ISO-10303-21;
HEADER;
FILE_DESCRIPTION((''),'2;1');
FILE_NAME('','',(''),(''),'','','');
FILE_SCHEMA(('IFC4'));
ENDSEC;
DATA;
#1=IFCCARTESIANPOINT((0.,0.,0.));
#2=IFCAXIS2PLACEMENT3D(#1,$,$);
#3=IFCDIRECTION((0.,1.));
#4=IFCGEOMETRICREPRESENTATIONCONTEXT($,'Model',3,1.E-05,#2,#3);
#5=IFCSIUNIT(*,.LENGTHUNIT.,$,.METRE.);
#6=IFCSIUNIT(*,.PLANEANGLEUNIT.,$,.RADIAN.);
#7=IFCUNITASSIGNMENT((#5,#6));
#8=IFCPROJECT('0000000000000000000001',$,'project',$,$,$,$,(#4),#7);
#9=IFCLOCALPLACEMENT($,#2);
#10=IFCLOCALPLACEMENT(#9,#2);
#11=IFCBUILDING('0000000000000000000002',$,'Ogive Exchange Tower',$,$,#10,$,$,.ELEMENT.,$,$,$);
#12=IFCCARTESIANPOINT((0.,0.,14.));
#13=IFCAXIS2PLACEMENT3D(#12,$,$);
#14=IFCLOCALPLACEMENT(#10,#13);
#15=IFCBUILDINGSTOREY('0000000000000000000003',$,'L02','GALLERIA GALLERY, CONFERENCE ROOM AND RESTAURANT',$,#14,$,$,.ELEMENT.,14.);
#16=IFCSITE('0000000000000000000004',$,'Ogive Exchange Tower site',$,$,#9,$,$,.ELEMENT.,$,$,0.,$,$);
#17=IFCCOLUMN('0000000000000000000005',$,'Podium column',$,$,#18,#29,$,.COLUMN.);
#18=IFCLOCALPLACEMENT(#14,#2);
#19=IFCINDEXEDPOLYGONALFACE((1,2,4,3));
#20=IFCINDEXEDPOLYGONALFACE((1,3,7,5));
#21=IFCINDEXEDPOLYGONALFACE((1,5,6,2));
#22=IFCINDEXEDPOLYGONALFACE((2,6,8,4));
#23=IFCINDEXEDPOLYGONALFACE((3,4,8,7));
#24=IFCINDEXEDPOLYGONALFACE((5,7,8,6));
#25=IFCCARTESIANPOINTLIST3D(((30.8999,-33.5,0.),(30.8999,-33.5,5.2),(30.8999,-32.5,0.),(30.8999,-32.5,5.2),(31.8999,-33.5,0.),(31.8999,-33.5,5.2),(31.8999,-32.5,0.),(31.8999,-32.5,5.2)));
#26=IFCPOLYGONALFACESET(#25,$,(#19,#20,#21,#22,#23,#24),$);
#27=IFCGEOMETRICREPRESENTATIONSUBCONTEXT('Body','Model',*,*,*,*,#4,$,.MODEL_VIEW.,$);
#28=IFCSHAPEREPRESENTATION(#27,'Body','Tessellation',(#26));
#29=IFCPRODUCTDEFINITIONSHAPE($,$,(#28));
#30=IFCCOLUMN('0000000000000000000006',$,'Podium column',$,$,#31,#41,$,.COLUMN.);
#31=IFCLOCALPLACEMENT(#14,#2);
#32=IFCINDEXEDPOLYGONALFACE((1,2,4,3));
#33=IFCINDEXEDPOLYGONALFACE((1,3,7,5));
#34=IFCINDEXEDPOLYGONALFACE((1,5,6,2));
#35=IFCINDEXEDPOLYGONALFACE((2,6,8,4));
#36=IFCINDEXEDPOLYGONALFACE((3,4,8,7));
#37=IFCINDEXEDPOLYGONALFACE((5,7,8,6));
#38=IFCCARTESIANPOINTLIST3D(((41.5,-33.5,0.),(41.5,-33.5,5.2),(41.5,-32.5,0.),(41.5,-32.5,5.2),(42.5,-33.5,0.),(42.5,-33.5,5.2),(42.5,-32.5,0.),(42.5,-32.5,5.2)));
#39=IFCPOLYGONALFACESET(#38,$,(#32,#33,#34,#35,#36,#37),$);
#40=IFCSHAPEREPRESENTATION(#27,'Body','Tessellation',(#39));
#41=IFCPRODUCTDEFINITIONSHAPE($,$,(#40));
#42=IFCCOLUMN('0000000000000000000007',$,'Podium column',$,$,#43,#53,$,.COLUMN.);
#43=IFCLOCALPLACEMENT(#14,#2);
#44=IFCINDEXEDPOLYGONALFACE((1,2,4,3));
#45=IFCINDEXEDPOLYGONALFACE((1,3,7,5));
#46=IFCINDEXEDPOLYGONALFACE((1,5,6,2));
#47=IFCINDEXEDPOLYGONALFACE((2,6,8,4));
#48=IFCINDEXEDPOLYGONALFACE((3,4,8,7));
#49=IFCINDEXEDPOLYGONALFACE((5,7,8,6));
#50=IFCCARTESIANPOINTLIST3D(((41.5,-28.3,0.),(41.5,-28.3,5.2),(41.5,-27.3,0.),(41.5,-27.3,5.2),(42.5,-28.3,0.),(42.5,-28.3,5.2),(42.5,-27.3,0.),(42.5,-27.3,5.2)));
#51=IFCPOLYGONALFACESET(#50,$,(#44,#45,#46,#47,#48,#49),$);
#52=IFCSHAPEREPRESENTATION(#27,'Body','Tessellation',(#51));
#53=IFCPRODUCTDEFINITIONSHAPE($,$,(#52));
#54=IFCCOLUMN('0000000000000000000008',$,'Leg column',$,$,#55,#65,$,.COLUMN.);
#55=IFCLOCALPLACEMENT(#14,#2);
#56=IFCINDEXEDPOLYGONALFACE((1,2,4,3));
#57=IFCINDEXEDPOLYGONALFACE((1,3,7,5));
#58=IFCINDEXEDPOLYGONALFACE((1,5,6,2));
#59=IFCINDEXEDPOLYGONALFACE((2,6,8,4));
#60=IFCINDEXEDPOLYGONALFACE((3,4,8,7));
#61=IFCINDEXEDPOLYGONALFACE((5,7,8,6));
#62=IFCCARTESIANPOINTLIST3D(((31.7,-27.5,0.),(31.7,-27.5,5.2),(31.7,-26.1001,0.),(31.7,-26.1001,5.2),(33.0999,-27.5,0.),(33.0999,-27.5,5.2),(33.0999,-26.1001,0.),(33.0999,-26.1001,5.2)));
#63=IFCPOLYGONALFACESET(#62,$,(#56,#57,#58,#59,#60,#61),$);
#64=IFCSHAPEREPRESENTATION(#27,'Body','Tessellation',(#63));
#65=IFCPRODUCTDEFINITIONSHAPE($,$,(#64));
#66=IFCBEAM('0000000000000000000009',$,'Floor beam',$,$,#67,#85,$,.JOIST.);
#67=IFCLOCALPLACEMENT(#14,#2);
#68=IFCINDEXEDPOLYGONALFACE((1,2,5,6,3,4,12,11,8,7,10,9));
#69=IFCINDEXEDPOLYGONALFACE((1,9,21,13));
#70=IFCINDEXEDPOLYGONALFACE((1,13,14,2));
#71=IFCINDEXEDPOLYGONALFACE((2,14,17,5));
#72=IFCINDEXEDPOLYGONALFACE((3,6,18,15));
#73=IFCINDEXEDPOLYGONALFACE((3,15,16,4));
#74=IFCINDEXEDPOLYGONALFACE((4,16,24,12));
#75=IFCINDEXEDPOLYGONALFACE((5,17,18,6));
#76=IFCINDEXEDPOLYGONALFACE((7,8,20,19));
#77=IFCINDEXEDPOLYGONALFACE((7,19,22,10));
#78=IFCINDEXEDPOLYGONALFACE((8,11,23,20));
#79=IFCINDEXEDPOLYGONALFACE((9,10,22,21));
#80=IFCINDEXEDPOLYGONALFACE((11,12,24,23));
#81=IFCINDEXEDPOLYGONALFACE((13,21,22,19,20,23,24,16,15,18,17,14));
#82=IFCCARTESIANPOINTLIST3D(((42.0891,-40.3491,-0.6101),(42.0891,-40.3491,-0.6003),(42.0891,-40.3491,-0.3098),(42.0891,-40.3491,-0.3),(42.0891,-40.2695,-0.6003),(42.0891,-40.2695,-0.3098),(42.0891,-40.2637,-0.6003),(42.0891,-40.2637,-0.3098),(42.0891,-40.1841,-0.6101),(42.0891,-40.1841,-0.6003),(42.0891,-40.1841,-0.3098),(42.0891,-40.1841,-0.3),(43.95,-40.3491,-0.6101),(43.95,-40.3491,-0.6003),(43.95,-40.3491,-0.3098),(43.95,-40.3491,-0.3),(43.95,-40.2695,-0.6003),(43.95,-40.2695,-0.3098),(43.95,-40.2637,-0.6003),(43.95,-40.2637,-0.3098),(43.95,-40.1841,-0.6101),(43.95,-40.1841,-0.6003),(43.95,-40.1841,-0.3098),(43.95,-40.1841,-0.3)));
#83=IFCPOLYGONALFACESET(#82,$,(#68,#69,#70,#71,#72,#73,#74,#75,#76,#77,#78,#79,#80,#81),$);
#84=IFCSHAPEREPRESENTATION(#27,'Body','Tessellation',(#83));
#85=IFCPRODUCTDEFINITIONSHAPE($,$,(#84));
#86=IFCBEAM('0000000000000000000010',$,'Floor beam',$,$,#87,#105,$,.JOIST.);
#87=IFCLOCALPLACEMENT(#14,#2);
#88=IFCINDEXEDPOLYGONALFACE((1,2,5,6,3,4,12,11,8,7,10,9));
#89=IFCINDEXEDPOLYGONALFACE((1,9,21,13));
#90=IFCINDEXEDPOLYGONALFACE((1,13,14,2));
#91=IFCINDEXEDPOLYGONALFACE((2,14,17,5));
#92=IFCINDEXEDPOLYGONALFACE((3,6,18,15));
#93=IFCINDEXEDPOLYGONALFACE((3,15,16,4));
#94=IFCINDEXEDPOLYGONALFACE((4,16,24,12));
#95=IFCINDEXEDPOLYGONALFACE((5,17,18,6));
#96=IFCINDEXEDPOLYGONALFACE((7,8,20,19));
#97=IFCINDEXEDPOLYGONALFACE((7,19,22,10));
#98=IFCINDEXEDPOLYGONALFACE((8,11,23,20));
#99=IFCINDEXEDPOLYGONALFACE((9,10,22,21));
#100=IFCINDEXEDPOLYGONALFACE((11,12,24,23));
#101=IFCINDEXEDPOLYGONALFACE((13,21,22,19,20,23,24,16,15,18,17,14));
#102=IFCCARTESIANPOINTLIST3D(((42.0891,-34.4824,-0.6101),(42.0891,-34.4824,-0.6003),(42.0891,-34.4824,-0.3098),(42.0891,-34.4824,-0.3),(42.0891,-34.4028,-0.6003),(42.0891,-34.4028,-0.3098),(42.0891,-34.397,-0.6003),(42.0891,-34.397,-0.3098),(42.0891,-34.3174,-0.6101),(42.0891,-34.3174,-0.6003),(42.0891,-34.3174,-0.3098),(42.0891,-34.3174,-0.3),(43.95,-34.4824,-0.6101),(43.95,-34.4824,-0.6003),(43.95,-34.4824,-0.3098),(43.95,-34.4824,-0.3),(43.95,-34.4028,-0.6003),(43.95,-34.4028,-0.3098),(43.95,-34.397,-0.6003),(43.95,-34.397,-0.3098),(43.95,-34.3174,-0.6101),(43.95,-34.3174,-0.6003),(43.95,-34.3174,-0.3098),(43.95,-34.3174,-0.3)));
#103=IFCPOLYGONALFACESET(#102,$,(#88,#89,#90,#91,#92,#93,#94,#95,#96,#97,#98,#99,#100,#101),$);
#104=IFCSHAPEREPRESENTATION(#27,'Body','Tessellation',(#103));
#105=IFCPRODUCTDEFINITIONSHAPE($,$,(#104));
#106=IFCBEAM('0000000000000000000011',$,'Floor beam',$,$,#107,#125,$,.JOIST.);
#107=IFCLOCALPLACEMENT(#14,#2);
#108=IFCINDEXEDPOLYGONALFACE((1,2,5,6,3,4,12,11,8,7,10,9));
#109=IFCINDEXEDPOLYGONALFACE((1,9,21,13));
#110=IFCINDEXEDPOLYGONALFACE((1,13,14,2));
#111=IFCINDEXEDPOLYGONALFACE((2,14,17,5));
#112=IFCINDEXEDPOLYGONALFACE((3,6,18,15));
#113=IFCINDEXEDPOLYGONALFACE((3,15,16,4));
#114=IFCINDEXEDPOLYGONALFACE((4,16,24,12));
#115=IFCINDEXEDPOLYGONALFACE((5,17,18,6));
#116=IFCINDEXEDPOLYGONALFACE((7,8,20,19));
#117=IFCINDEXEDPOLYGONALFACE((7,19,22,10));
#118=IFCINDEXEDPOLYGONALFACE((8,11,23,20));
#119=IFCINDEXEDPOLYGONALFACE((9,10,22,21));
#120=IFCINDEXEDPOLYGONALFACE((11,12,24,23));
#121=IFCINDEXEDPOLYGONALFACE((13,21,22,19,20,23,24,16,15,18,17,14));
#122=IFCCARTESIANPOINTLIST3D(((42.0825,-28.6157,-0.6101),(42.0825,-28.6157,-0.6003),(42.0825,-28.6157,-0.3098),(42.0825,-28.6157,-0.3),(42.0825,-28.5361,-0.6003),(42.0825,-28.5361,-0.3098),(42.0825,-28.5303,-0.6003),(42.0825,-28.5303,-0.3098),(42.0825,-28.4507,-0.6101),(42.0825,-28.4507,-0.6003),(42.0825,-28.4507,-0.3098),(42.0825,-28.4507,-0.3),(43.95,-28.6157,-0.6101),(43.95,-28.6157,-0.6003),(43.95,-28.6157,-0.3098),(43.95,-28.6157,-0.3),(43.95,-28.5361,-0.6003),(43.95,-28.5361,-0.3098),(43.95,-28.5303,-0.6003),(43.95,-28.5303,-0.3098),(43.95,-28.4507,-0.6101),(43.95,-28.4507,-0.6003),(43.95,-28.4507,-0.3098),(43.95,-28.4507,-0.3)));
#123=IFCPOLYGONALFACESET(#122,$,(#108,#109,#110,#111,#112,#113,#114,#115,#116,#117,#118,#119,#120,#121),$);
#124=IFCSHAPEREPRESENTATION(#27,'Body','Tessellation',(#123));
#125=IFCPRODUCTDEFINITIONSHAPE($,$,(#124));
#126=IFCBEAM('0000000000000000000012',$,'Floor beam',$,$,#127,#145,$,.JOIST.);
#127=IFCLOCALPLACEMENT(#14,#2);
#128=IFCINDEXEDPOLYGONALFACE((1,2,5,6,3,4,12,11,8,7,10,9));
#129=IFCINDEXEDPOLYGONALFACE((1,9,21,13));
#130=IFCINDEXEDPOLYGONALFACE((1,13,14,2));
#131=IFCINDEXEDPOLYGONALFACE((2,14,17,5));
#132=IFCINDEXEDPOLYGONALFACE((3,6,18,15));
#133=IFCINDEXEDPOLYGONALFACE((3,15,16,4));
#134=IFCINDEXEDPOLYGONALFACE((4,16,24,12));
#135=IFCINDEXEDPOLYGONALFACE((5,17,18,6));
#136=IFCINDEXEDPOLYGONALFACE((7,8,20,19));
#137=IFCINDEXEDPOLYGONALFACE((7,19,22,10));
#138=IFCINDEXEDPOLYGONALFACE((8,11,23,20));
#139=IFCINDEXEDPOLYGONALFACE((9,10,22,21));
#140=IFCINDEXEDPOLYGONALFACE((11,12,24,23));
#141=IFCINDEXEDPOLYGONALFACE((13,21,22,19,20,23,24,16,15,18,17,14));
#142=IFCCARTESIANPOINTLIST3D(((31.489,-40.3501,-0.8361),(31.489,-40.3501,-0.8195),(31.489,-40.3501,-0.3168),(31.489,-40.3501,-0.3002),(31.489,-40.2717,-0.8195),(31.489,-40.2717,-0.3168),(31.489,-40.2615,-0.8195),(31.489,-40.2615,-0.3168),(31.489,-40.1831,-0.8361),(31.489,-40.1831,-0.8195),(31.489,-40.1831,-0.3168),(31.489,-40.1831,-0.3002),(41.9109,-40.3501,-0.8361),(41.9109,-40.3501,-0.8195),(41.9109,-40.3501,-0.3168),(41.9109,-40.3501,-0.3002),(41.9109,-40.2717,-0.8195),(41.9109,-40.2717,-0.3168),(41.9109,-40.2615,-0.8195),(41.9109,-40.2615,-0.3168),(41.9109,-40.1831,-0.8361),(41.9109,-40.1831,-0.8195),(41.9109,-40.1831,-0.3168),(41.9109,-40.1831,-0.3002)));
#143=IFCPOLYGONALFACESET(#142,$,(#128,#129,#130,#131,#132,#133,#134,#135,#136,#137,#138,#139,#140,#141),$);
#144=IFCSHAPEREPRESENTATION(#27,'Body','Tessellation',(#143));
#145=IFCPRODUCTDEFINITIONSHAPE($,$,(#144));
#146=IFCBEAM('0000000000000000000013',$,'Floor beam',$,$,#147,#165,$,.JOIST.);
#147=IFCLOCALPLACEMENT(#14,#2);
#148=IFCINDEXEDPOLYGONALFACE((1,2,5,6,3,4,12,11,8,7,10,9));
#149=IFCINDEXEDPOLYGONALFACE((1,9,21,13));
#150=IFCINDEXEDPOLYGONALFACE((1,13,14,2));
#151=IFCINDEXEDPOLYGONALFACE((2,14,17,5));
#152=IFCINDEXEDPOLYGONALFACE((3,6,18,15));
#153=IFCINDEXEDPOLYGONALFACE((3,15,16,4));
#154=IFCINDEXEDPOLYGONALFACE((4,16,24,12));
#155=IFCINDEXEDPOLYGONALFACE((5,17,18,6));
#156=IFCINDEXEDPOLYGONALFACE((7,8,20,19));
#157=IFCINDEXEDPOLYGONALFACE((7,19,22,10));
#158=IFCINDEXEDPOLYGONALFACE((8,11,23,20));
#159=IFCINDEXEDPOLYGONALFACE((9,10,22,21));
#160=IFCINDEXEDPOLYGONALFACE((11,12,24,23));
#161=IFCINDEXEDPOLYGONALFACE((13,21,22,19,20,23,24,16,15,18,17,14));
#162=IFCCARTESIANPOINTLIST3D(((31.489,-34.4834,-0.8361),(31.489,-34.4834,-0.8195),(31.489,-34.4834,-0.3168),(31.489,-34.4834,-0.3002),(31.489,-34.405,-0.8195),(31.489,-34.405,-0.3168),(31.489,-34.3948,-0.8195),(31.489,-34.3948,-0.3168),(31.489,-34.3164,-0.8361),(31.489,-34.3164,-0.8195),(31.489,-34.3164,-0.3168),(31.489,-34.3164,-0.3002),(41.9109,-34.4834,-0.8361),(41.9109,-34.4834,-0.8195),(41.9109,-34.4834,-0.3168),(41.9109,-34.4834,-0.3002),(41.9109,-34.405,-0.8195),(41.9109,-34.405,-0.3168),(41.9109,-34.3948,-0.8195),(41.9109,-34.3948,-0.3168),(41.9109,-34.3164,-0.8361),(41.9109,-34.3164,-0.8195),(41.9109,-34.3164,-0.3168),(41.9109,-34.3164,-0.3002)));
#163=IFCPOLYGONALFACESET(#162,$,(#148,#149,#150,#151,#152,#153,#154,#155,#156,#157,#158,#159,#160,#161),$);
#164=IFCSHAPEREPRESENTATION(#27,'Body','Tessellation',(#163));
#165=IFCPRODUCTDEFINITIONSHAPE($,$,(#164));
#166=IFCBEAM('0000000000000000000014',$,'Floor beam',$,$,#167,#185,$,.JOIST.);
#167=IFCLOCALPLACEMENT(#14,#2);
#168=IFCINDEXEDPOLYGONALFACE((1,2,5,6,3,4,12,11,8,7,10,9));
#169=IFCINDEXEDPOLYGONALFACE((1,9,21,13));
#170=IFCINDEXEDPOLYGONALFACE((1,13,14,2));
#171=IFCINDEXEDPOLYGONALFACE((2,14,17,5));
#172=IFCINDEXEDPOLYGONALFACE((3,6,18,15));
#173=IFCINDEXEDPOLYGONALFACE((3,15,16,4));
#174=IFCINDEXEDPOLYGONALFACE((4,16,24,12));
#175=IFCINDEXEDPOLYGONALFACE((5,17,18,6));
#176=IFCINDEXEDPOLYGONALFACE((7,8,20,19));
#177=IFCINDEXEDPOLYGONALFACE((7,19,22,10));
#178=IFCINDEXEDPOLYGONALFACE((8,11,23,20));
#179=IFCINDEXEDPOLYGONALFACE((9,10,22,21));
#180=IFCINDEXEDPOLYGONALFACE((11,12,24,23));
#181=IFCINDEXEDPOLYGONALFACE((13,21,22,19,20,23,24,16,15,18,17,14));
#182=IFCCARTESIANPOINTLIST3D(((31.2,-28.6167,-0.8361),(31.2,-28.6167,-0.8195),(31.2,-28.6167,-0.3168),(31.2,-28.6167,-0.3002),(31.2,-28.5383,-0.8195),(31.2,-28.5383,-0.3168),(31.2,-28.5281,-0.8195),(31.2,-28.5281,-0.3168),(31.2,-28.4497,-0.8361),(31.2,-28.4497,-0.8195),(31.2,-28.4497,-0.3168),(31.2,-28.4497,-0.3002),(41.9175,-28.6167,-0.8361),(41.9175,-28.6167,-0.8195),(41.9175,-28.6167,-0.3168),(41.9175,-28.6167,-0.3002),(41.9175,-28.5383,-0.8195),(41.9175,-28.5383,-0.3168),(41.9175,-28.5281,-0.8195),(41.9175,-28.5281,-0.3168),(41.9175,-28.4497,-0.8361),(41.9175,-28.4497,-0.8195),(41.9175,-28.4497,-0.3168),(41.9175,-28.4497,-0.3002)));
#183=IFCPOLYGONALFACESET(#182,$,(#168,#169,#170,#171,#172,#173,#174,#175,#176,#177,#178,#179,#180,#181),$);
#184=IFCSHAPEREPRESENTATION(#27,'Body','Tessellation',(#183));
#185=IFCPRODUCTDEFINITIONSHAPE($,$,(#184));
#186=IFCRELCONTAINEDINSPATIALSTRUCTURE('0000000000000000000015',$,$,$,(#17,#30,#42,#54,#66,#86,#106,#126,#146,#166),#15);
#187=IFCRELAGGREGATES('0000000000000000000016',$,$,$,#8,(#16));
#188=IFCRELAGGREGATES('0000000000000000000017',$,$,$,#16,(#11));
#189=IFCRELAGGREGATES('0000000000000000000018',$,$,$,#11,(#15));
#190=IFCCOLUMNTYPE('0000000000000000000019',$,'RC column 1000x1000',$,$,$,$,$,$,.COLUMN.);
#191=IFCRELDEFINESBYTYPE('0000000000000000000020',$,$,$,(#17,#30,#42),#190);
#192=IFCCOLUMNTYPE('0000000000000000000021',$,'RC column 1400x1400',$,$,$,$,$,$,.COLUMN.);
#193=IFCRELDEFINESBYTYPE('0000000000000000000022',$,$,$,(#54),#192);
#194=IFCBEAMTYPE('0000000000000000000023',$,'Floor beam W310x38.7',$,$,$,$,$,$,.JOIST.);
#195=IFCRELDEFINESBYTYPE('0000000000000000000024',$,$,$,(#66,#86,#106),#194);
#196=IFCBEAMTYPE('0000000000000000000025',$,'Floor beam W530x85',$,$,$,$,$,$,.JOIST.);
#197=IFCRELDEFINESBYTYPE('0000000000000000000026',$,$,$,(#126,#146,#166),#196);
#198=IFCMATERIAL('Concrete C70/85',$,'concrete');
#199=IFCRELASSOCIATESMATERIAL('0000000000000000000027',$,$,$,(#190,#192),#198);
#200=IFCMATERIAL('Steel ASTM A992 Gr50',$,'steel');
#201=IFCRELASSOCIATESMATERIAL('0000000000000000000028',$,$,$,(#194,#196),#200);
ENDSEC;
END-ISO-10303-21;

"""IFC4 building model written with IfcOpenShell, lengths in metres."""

from ifc_helpers import new_model, si_unit, direction, frame, origin, origin_2d, place, context, subcontext, project, spatial, rectangle, i_section, extrude, material, material_profile, profile_set, type_object, element, save


model = new_model("IFC4")

# Units and contexts
model_context = context("Model", 3, precision=1e-05, world=origin(), true_north=direction((0.0, 1.0)))
body_context = subcontext(model_context, "Body", "Model", "MODEL_VIEW")
ifc_project = project(units=[si_unit("LENGTHUNIT", "METRE"), si_unit("PLANEANGLEUNIT", "RADIAN")], contexts=[model_context])

# Site, building, storey
site_placement = place(None, origin())
site = spatial("IfcSite", under=ifc_project, at=site_placement, Name="Ogive Exchange Tower site", CompositionType="ELEMENT", RefElevation=0.0)
building_placement = place(site_placement, origin())
building = spatial("IfcBuilding", under=site, at=building_placement, Name="Ogive Exchange Tower", CompositionType="ELEMENT")
storey_placement = place(building_placement, frame((0.0, 0.0, 14.0)))
storey = spatial("IfcBuildingStorey", under=building, at=storey_placement, Name="L02", Description="GALLERIA GALLERY, CONFERENCE ROOM AND RESTAURANT", CompositionType="ELEMENT", Elevation=14.0)

# Columns
ifc_material_1 = material(Name="Concrete C70/85", Category="concrete")
ifc_material_profile_1 = material_profile(ifc_material_1, rectangle(XDim=1.0, YDim=1.0, at=origin_2d()), Name="RC 1000x1000")
ifc_profile_set_1 = profile_set([ifc_material_profile_1], Name="Concrete C70/85")
column_type_1 = type_object("IfcColumnType", Name="RC column 1000x1000", PredefinedType="COLUMN", material=ifc_profile_set_1)
for number, where, z_axis, x_axis, name in (
    (1, (31.3999, -33.0, 0.0), (0.0, 0.0, 1.0), (1.0, 0.0, 0.0), "Podium column"),
    (2, (42.0, -33.0, 0.0), (0.0, 0.0, 1.0), (1.0, 0.0, 0.0), "Podium column"),
    (3, (42.0, -27.8, 0.0), (0.0, 0.0, 1.0), (1.0, 0.0, 0.0), "Podium column"),
):
    element("IfcColumn", number, at=place(storey_placement, frame(where, z_axis=z_axis, x_axis=x_axis)), inside=storey, type_object=column_type_1, Name=name, PredefinedType="COLUMN", context=body_context, shape_type="SweptSolid", body=[
        extrude(rectangle(XDim=1.0, YDim=1.0, at=origin_2d()), origin(), (0.0, 0.0, 1.0), 5.2),
    ])
ifc_material_profile_2 = material_profile(ifc_material_1, rectangle(XDim=1.3999, YDim=1.3999, at=origin_2d()), Name="RC 1400x1400")
ifc_profile_set_2 = profile_set([ifc_material_profile_2], Name="Concrete C70/85")
column_type_2 = type_object("IfcColumnType", Name="RC column 1400x1400", PredefinedType="COLUMN", material=ifc_profile_set_2)
column_placement = place(storey_placement, frame((32.3999, -26.8, 0.0), z_axis=(0.0, 0.0, 1.0), x_axis=(1.0, 0.0, 0.0)))
element("IfcColumn", 4, at=column_placement, inside=storey, type_object=column_type_2, Name="Leg column", PredefinedType="COLUMN", context=body_context, shape_type="SweptSolid", body=[
    extrude(rectangle(XDim=1.3999, YDim=1.3999, at=origin_2d()), origin(), (0.0, 0.0, 1.0), 5.2),
])

# Beams
ifc_material_2 = material(Name="Steel ASTM A992 Gr50", Category="steel")
ifc_material_profile_3 = material_profile(ifc_material_2, i_section(OverallWidth=0.165, OverallDepth=0.3101, WebThickness=0.0059, FlangeThickness=0.0098, at=origin_2d()), Name="W310x38.7")
ifc_profile_set_3 = profile_set([ifc_material_profile_3], Name="Steel ASTM A992 Gr50")
beam_type_1 = type_object("IfcBeamType", Name="Floor beam W310x38.7", PredefinedType="JOIST", material=ifc_profile_set_3)
for number, where, z_axis, x_axis, name in (
    (5, (42.0891, -40.2666, -0.4551), (1.0, 0.0, 0.0), (0.0, 1.0, 0.0), "Floor beam"),
    (6, (42.0891, -34.3999, -0.4551), (1.0, 0.0, 0.0), (0.0, 1.0, 0.0), "Floor beam"),
):
    element("IfcBeam", number, at=place(storey_placement, frame(where, z_axis=z_axis, x_axis=x_axis)), inside=storey, type_object=beam_type_1, Name=name, PredefinedType="JOIST", context=body_context, shape_type="SweptSolid", body=[
        extrude(i_section(OverallWidth=0.165, OverallDepth=0.3101, WebThickness=0.0059, FlangeThickness=0.0098, at=origin_2d()), origin(), (0.0, 0.0, 1.0), 1.8608),
    ])
beam_1_placement = place(storey_placement, frame((42.0825, -28.5332, -0.4551), z_axis=(1.0, 0.0, 0.0), x_axis=(0.0, 1.0, 0.0)))
element("IfcBeam", 7, at=beam_1_placement, inside=storey, type_object=beam_type_1, Name="Floor beam", PredefinedType="JOIST", context=body_context, shape_type="SweptSolid", body=[
    extrude(i_section(OverallWidth=0.165, OverallDepth=0.3101, WebThickness=0.0059, FlangeThickness=0.0098, at=origin_2d()), origin(), (0.0, 0.0, 1.0), 1.8674),
])
ifc_material_profile_4 = material_profile(ifc_material_2, i_section(OverallWidth=0.167, OverallDepth=0.5359, WebThickness=0.0103, FlangeThickness=0.0166, at=origin_2d()), Name="W530x85")
ifc_profile_set_4 = profile_set([ifc_material_profile_4], Name="Steel ASTM A992 Gr50")
beam_type_2 = type_object("IfcBeamType", Name="Floor beam W530x85", PredefinedType="JOIST", material=ifc_profile_set_4)
for number, where, z_axis, x_axis, name in (
    (8, (31.489, -40.2666, -0.5681), (1.0, 0.0, 0.0), (0.0, 1.0, 0.0), "Floor beam"),
    (9, (31.489, -34.3999, -0.5681), (1.0, 0.0, 0.0), (0.0, 1.0, 0.0), "Floor beam"),
):
    element("IfcBeam", number, at=place(storey_placement, frame(where, z_axis=z_axis, x_axis=x_axis)), inside=storey, type_object=beam_type_2, Name=name, PredefinedType="JOIST", context=body_context, shape_type="SweptSolid", body=[
        extrude(i_section(OverallWidth=0.167, OverallDepth=0.5359, WebThickness=0.0103, FlangeThickness=0.0166, at=origin_2d()), origin(), (0.0, 0.0, 1.0), 10.4219),
    ])
beam_2_placement = place(storey_placement, frame((31.2, -28.5332, -0.5681), z_axis=(1.0, 0.0, 0.0), x_axis=(0.0, 1.0, 0.0)))
element("IfcBeam", 10, at=beam_2_placement, inside=storey, type_object=beam_type_2, Name="Floor beam", PredefinedType="JOIST", context=body_context, shape_type="SweptSolid", body=[
    extrude(i_section(OverallWidth=0.167, OverallDepth=0.5359, WebThickness=0.0103, FlangeThickness=0.0166, at=origin_2d()), origin(), (0.0, 0.0, 1.0), 10.7175),
])

save(model, "model.ifc")
